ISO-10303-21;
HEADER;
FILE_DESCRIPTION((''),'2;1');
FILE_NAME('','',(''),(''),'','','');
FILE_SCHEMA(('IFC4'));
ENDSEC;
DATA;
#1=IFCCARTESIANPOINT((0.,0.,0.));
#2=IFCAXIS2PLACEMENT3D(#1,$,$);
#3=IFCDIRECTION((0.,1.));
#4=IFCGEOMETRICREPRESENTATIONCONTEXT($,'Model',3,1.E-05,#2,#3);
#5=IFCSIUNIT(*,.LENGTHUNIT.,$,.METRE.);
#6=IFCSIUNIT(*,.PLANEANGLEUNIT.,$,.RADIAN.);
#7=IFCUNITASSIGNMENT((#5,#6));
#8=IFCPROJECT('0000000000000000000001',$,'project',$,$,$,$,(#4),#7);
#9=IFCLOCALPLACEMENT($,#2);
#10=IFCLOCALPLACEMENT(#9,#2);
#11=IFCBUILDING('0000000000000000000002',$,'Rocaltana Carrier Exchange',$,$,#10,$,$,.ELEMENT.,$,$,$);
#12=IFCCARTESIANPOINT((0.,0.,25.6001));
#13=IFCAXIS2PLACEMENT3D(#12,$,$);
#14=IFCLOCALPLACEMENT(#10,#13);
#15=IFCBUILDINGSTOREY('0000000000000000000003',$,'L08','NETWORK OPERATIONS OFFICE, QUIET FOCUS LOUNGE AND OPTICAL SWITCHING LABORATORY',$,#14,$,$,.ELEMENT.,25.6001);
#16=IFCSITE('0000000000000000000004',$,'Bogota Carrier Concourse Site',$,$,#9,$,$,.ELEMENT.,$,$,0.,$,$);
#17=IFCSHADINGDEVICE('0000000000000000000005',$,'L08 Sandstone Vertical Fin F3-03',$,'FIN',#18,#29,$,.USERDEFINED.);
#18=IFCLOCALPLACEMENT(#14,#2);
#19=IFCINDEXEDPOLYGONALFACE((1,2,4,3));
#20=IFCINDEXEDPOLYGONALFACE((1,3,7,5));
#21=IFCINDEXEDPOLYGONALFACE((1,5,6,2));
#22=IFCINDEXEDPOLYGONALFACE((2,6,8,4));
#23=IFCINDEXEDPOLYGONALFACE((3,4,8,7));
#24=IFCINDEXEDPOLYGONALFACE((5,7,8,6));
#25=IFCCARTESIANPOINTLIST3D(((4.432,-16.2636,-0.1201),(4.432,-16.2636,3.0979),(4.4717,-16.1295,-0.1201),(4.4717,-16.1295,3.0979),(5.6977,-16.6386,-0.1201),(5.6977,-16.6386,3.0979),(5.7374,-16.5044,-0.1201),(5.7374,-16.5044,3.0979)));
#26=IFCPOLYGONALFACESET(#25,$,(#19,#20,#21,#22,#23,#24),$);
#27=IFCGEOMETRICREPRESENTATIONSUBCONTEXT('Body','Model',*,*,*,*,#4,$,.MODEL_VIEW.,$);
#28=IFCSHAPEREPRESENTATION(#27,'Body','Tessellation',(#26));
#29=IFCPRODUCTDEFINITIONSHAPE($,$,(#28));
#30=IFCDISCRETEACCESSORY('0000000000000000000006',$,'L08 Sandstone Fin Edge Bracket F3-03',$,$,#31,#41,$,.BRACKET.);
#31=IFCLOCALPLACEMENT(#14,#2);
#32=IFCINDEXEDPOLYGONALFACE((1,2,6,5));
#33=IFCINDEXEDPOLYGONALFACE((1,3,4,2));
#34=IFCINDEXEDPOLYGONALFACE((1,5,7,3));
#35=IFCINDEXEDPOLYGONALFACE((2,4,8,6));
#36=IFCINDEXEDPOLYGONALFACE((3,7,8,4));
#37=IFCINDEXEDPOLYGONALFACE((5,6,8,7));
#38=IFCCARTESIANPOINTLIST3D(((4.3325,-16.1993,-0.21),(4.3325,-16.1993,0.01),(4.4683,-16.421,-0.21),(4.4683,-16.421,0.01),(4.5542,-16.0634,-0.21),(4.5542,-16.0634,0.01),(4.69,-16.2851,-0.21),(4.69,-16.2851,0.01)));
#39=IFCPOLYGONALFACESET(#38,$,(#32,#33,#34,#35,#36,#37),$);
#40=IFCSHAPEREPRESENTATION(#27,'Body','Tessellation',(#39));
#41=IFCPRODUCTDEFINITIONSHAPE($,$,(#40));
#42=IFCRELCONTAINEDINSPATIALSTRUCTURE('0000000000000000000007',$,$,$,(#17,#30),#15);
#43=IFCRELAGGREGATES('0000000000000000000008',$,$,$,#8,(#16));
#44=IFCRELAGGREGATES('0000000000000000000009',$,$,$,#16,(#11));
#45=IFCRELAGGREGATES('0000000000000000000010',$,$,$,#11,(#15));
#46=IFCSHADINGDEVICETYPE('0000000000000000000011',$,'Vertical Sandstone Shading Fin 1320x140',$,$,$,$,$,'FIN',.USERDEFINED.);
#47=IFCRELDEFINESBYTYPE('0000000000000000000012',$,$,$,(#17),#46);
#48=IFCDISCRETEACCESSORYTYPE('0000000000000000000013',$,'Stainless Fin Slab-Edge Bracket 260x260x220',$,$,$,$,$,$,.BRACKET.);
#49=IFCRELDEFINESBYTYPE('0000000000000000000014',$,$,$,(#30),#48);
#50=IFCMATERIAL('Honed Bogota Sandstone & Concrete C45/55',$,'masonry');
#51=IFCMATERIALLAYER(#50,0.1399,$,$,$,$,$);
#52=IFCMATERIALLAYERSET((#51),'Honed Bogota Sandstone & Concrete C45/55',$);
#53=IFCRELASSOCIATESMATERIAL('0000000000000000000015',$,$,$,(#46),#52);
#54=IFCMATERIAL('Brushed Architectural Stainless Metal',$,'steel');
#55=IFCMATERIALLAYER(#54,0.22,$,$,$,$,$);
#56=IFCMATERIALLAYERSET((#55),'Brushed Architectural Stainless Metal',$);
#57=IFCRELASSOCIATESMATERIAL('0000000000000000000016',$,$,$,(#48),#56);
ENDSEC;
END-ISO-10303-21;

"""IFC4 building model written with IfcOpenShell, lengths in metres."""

from ifc_helpers import new_model, si_unit, direction, frame, origin, origin_2d, place, context, subcontext, project, spatial, rectangle, extrude, material, layer, layer_set, type_object, element, save


model = new_model("IFC4")

# Units and contexts
model_context = context("Model", 3, precision=1e-05, world=origin(), true_north=direction((0.0, 1.0)))
body_context = subcontext(model_context, "Body", "Model", "MODEL_VIEW")
ifc_project = project(units=[si_unit("LENGTHUNIT", "METRE"), si_unit("PLANEANGLEUNIT", "RADIAN")], contexts=[model_context])

# Site, building, storey
site_placement = place(None, origin())
site = spatial("IfcSite", under=ifc_project, at=site_placement, Name="Bogota Carrier Concourse Site", CompositionType="ELEMENT", RefElevation=0.0)
building_placement = place(site_placement, origin())
building = spatial("IfcBuilding", under=site, at=building_placement, Name="Rocaltana Carrier Exchange", CompositionType="ELEMENT")
storey_placement = place(building_placement, frame((0.0, 0.0, 25.6001)))
storey = spatial("IfcBuildingStorey", under=building, at=storey_placement, Name="L08", Description="NETWORK OPERATIONS OFFICE, QUIET FOCUS LOUNGE AND OPTICAL SWITCHING LABORATORY", CompositionType="ELEMENT", Elevation=25.6001)

# Shading device
ifc_material_1 = material(Name="Honed Bogota Sandstone & Concrete C45/55", Category="masonry")
ifc_layer_1 = layer(ifc_material_1, 0.1399)
ifc_layer_set_1 = layer_set([ifc_layer_1], Name="Honed Bogota Sandstone & Concrete C45/55")
shading_device_type = type_object("IfcShadingDeviceType", Name="Vertical Sandstone Shading Fin 1320x140", ElementType="FIN", PredefinedType="USERDEFINED", material=ifc_layer_set_1)
shading_device_placement = place(storey_placement, frame((5.0847, -16.384, -0.1201), z_axis=(0.0, 0.0, 1.0), x_axis=(0.95882, -0.284015, 0.0)))
element("IfcShadingDevice", 1, at=shading_device_placement, inside=storey, type_object=shading_device_type, Name="L08 Sandstone Vertical Fin F3-03", ObjectType="FIN", PredefinedType="USERDEFINED", context=body_context, shape_type="SweptSolid", body=[
    extrude(rectangle(XDim=1.3201, YDim=0.1399, at=origin_2d()), origin(), (0.0, 0.0, 1.0), 3.218),
])

# Discrete accessory
ifc_material_2 = material(Name="Brushed Architectural Stainless Metal", Category="steel")
ifc_layer_2 = layer(ifc_material_2, 0.22)
ifc_layer_set_2 = layer_set([ifc_layer_2], Name="Brushed Architectural Stainless Metal")
discrete_accessory_type = type_object("IfcDiscreteAccessoryType", Name="Stainless Fin Slab-Edge Bracket 260x260x220", PredefinedType="BRACKET", material=ifc_layer_set_2)
discrete_accessory_placement = place(storey_placement, frame((4.5112, -16.2422, -0.21), z_axis=(0.0, 0.0, 1.0), x_axis=(0.85264, 0.522499, 0.0)))
element("IfcDiscreteAccessory", 2, at=discrete_accessory_placement, inside=storey, type_object=discrete_accessory_type, Name="L08 Sandstone Fin Edge Bracket F3-03", PredefinedType="BRACKET", context=body_context, shape_type="SweptSolid", body=[
    extrude(rectangle(XDim=0.26, YDim=0.26, at=origin_2d()), origin(), (0.0, 0.0, 1.0), 0.22),
])

save(model, "model.ifc")
